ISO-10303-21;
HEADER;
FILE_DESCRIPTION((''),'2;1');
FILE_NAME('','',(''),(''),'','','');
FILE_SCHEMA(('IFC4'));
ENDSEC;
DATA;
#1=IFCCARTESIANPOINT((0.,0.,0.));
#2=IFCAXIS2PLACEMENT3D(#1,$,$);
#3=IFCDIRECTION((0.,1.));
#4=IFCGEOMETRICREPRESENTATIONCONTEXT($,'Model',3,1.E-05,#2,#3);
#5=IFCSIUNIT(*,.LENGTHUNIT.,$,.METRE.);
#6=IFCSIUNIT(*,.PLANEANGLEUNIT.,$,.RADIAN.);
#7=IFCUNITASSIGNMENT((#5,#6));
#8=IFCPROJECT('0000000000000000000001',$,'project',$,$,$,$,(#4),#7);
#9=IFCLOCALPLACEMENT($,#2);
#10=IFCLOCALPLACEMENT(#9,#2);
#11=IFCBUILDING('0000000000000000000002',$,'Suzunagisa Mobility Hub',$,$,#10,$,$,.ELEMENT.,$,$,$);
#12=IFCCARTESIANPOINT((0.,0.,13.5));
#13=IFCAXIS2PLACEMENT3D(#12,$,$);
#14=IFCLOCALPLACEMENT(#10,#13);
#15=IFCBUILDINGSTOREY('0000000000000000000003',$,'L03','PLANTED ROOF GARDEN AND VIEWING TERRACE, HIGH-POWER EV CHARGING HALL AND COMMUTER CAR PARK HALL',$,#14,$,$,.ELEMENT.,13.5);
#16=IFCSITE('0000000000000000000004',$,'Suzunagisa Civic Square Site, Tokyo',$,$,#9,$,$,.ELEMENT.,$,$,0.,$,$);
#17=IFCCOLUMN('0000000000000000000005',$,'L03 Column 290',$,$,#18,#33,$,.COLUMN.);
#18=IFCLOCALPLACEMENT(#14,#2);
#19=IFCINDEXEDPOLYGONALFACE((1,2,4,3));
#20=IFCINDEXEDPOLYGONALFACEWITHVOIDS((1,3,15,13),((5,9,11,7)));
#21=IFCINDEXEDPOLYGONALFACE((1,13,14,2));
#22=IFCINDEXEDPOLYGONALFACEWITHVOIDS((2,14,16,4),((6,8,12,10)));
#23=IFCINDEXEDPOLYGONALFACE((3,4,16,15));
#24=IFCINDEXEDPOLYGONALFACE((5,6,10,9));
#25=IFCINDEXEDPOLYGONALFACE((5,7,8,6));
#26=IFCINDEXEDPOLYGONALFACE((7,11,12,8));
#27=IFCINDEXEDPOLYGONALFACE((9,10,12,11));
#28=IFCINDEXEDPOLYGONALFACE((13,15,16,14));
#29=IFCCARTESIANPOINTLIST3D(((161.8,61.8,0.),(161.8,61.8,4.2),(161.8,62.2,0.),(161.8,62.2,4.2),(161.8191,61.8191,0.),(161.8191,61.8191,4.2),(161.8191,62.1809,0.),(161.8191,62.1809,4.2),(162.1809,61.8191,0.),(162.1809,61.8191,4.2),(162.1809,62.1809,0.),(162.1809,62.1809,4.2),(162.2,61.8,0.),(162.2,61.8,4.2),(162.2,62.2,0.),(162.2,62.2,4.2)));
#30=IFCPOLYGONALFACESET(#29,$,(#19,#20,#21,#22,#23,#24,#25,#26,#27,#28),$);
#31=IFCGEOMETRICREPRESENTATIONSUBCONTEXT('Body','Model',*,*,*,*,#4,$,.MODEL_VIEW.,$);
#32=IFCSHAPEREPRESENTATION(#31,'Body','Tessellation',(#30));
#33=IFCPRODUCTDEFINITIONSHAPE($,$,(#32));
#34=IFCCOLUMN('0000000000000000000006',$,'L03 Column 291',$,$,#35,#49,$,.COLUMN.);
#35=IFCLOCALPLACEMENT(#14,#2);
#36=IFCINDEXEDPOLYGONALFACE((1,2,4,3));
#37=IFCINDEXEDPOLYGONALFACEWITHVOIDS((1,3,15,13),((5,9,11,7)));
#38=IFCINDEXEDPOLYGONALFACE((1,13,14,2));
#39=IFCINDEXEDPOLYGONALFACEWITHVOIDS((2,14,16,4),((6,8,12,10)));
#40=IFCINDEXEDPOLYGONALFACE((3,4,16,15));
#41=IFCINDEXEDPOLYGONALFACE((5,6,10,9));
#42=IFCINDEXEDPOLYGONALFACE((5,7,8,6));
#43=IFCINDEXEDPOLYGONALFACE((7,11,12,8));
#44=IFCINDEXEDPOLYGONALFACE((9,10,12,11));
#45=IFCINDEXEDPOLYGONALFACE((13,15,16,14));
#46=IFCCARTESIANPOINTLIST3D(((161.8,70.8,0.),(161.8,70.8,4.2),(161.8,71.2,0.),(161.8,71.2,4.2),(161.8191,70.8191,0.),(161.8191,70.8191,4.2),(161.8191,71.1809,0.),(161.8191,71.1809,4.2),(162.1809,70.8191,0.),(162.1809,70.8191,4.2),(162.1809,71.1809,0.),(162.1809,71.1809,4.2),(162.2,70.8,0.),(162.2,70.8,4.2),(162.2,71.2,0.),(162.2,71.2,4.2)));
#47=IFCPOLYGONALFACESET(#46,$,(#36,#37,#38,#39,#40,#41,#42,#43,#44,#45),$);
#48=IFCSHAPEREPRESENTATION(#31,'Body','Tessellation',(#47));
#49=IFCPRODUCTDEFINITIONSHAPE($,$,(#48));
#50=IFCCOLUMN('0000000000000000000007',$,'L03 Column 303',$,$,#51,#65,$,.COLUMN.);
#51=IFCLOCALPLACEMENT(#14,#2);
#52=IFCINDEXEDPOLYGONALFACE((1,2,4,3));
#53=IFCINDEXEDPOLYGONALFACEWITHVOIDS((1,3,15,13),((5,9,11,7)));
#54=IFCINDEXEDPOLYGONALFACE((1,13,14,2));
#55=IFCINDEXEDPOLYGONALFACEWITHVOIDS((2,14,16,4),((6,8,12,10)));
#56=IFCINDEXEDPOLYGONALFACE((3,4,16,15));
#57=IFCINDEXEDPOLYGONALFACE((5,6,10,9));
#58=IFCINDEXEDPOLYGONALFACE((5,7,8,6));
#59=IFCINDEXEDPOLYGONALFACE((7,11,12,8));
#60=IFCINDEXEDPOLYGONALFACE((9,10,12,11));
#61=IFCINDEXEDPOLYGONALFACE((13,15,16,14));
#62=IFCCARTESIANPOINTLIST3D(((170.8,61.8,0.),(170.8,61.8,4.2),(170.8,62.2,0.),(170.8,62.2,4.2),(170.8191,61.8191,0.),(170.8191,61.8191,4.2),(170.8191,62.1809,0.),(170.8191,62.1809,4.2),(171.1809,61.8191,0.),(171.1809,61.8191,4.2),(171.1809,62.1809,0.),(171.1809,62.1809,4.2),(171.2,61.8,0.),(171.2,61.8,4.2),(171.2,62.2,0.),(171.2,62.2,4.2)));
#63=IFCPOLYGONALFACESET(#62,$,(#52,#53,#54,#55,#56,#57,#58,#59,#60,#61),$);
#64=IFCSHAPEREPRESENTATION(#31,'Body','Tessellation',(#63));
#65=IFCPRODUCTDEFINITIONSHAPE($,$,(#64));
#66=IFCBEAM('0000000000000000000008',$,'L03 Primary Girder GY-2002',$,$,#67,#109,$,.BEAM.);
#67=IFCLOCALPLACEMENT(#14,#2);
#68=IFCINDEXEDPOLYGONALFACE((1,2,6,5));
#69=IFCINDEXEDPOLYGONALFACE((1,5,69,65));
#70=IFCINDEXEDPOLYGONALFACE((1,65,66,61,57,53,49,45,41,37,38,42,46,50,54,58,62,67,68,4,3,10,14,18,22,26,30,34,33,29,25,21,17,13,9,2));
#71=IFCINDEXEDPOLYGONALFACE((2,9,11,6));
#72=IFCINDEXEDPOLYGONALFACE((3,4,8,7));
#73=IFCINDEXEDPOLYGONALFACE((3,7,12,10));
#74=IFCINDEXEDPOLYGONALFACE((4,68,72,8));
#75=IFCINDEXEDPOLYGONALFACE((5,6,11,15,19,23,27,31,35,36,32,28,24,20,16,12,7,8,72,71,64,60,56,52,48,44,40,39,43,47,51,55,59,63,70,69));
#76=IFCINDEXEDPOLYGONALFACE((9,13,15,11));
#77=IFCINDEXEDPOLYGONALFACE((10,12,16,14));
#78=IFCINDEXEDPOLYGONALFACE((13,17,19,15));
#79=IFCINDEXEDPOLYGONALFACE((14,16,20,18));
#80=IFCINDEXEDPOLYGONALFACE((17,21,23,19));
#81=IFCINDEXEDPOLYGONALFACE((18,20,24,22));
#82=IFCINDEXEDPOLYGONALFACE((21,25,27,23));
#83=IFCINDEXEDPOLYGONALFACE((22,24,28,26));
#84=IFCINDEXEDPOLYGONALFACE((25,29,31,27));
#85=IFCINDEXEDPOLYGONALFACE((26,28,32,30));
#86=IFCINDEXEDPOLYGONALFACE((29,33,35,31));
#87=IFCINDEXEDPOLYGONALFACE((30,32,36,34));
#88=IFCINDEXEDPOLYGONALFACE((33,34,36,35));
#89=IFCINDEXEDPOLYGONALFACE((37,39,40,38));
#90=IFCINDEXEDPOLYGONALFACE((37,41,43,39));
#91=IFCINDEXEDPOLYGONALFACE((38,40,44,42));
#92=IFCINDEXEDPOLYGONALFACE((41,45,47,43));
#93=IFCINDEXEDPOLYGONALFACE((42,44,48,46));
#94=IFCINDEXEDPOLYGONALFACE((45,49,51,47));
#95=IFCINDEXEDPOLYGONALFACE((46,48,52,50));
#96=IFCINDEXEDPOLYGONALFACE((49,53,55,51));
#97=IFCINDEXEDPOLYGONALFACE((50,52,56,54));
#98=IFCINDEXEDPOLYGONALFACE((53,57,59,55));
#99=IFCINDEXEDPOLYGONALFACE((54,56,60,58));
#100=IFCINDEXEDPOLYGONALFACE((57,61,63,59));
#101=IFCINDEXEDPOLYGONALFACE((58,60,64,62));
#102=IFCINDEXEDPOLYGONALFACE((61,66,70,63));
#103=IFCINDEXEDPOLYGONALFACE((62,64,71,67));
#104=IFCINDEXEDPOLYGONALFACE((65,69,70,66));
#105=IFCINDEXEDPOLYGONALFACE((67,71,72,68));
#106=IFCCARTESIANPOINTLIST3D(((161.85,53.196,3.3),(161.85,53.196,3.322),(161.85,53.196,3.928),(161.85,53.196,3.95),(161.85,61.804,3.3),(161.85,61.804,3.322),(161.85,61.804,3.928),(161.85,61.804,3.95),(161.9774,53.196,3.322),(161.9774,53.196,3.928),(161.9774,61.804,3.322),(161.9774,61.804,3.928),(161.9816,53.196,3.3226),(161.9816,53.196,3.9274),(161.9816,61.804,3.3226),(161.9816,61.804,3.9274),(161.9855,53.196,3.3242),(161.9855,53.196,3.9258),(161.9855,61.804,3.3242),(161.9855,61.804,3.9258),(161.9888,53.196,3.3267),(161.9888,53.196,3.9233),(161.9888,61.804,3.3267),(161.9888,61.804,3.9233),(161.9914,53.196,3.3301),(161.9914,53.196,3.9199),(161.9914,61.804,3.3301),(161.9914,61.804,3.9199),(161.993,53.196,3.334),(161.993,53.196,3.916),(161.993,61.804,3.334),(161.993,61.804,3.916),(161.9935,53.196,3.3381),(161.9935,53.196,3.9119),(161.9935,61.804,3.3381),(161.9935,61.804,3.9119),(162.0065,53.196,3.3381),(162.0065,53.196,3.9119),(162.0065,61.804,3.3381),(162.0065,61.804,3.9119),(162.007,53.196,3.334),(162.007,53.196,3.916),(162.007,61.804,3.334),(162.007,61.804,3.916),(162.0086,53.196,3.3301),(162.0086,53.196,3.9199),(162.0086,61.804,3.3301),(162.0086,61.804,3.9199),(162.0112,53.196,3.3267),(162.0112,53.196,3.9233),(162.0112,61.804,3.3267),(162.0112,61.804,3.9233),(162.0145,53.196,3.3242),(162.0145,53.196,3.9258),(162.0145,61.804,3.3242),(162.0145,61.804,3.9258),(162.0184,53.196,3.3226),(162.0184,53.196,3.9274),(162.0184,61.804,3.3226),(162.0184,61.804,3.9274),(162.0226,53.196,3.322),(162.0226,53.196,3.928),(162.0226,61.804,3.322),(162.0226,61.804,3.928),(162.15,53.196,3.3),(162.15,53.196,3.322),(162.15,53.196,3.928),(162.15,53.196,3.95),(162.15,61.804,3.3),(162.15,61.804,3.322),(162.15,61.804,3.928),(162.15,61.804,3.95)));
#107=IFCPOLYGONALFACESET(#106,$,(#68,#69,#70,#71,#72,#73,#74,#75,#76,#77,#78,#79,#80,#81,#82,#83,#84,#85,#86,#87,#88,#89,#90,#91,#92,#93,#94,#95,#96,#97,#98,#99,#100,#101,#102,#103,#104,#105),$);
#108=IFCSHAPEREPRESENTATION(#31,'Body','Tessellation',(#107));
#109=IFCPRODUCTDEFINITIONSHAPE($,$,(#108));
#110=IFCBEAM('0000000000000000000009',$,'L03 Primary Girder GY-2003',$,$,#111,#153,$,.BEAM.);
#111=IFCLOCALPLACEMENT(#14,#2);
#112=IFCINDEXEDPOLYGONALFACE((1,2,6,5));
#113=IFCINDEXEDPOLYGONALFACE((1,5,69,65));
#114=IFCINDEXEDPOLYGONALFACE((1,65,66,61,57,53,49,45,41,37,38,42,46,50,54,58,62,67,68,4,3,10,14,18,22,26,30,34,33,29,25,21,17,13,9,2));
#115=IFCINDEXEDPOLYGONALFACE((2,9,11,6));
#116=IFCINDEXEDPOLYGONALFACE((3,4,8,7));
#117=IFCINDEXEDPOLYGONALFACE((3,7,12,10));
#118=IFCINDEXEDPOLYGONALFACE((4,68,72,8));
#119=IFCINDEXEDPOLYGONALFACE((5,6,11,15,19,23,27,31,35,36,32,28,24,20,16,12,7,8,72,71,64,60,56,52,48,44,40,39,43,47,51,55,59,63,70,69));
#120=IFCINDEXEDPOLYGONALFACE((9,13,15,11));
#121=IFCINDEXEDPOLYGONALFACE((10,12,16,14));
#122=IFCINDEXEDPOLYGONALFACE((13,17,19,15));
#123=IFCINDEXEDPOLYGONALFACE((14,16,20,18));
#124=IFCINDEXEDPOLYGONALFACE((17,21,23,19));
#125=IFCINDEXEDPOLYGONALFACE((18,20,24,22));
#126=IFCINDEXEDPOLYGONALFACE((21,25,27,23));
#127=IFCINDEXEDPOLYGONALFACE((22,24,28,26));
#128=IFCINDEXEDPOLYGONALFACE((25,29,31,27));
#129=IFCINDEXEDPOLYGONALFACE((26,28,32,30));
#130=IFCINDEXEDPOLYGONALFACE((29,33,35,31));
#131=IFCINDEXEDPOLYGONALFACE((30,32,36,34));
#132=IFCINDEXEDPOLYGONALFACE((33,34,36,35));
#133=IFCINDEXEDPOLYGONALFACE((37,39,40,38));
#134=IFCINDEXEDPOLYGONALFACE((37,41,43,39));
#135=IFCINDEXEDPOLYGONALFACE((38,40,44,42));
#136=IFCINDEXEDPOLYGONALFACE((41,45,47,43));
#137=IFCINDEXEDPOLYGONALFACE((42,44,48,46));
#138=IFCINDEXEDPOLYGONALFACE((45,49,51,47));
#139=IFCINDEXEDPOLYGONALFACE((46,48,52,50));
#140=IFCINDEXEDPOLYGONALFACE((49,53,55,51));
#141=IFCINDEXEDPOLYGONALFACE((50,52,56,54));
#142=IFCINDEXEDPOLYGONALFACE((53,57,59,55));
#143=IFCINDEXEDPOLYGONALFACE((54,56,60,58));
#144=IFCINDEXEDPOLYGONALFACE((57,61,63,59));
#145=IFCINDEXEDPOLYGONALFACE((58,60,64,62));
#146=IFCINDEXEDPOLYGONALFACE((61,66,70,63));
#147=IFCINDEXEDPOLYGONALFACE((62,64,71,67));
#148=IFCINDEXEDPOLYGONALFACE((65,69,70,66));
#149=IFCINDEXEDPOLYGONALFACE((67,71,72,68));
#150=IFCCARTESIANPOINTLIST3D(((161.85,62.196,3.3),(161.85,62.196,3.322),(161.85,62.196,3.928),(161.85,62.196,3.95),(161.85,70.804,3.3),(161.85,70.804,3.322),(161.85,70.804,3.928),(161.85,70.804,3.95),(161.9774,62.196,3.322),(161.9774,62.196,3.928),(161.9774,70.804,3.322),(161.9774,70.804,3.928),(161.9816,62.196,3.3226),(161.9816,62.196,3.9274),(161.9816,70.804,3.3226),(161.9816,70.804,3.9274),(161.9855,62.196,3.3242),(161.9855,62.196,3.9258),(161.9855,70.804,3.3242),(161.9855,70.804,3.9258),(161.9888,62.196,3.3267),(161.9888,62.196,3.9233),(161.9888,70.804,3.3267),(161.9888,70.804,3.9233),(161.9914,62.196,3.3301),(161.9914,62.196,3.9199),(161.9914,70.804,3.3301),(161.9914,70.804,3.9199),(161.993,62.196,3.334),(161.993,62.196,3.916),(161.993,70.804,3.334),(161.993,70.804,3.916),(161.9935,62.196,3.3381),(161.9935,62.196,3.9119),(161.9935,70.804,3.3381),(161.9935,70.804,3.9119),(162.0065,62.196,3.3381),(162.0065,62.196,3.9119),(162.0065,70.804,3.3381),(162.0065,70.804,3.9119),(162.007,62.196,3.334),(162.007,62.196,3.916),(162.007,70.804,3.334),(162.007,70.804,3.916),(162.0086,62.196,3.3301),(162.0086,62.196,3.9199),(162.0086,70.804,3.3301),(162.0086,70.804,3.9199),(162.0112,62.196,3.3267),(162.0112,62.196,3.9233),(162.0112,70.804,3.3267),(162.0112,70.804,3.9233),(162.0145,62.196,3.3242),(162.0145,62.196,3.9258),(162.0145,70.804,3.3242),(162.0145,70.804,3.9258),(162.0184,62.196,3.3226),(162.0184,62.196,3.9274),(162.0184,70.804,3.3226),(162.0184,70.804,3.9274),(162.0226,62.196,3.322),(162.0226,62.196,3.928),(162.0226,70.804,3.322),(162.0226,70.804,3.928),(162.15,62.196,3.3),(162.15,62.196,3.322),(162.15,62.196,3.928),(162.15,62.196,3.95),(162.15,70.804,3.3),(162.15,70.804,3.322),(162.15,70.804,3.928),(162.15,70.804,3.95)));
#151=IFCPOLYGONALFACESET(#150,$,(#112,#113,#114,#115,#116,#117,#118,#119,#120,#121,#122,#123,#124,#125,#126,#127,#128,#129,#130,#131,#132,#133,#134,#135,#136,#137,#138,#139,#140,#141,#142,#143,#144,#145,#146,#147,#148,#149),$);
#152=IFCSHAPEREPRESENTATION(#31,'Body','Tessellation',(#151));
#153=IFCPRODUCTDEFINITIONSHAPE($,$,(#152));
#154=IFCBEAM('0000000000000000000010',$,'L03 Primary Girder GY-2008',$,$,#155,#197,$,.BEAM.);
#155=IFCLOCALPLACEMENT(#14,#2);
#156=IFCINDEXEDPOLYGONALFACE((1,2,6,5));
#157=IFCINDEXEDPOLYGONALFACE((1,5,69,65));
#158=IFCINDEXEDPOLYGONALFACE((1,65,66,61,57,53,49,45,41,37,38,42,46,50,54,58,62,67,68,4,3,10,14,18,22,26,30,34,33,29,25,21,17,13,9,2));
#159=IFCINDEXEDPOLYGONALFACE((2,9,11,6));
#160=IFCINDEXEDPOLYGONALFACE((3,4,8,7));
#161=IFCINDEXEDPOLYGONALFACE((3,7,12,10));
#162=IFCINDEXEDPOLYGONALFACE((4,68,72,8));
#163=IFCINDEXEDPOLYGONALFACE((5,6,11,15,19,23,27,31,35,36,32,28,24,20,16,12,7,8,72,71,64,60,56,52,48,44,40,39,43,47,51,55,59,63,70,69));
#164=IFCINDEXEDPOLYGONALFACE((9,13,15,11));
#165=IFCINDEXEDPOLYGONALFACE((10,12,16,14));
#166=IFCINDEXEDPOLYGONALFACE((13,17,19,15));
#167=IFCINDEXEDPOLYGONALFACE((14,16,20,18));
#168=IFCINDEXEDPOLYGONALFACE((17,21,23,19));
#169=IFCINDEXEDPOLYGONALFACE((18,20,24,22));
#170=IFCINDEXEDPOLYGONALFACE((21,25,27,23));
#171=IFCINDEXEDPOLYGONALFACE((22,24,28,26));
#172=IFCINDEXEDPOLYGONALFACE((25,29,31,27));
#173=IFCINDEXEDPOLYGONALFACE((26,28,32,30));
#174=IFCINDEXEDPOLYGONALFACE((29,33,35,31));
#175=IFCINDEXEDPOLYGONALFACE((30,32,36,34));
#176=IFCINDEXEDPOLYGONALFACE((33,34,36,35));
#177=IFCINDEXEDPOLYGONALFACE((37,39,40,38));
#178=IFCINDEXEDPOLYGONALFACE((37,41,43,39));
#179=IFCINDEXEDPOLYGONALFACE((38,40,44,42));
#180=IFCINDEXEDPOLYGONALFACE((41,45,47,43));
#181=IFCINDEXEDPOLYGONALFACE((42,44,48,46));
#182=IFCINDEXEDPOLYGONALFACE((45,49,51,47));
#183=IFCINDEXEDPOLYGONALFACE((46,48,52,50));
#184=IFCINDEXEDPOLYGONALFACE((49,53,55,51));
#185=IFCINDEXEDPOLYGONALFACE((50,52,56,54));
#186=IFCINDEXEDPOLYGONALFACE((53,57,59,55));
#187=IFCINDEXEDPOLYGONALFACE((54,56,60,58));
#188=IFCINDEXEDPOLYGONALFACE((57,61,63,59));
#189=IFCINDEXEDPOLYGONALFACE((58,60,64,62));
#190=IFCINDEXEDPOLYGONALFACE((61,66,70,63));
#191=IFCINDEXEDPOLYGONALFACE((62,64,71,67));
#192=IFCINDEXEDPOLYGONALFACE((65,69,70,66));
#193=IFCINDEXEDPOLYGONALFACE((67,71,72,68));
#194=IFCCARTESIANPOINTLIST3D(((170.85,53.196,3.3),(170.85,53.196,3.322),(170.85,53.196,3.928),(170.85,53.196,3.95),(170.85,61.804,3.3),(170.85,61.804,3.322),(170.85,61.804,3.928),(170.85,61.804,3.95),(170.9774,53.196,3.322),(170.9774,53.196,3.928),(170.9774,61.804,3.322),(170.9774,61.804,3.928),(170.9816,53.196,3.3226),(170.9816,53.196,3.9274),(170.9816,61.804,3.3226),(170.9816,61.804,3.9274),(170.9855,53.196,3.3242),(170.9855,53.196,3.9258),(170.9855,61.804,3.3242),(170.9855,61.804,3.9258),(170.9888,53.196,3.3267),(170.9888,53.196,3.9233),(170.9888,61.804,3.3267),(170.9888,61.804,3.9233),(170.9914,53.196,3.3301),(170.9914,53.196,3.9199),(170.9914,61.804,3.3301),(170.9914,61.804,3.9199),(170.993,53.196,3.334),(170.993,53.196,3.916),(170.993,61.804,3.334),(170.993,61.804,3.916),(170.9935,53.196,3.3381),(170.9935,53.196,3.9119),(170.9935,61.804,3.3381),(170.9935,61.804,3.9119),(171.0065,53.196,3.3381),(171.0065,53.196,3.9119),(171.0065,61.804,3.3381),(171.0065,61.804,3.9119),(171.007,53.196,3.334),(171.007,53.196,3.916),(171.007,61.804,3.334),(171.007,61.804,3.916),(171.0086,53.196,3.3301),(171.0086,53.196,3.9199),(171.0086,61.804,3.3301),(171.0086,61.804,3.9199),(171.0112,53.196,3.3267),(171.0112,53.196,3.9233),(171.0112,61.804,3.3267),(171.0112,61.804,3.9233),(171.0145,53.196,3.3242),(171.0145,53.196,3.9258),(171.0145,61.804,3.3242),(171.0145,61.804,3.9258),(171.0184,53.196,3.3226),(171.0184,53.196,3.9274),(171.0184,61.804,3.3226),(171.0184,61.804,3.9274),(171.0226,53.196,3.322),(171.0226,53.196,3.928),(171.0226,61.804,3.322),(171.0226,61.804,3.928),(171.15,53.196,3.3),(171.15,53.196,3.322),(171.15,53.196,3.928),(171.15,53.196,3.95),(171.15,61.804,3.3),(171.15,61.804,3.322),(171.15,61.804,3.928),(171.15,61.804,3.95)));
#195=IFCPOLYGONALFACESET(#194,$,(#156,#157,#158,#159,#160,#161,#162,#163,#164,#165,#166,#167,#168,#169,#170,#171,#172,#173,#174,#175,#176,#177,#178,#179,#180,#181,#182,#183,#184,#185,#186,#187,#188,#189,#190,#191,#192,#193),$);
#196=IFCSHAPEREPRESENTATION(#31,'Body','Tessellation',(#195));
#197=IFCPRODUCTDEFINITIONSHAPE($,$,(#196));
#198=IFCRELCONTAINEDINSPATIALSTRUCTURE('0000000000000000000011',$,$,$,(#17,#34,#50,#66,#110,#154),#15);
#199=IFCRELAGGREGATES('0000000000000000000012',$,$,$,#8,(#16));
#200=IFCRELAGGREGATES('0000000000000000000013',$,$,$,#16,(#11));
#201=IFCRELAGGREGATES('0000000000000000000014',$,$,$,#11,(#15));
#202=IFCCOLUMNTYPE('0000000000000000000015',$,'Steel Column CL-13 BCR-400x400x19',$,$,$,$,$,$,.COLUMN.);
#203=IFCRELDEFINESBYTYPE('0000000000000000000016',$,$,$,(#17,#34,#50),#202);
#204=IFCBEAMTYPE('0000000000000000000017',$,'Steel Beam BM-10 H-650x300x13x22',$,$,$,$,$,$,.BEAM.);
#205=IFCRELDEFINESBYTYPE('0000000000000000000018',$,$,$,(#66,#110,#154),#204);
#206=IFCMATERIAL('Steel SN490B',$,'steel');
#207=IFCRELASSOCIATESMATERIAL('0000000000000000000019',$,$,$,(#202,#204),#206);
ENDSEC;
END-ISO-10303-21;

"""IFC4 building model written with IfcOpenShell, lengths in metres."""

from ifc_helpers import new_model, si_unit, direction, frame, origin, origin_2d, place, context, subcontext, project, spatial, hollow_rectangle, i_section, extrude, material, material_profile, profile_set, type_object, element, save


model = new_model("IFC4")

# Units and contexts
model_context = context("Model", 3, precision=1e-05, world=origin(), true_north=direction((0.0, 1.0)))
body_context = subcontext(model_context, "Body", "Model", "MODEL_VIEW")
ifc_project = project(units=[si_unit("LENGTHUNIT", "METRE"), si_unit("PLANEANGLEUNIT", "RADIAN")], contexts=[model_context])

# Site, building, storey
site_placement = place(None, origin())
site = spatial("IfcSite", under=ifc_project, at=site_placement, Name="Suzunagisa Civic Square Site, Tokyo", CompositionType="ELEMENT", RefElevation=0.0)
building_placement = place(site_placement, origin())
building = spatial("IfcBuilding", under=site, at=building_placement, Name="Suzunagisa Mobility Hub", CompositionType="ELEMENT")
storey_placement = place(building_placement, frame((0.0, 0.0, 13.5)))
storey = spatial("IfcBuildingStorey", under=building, at=storey_placement, Name="L03", Description="PLANTED ROOF GARDEN AND VIEWING TERRACE, HIGH-POWER EV CHARGING HALL AND COMMUTER CAR PARK HALL", CompositionType="ELEMENT", Elevation=13.5)

# Columns
ifc_material_1 = material(Name="Steel SN490B", Category="steel")
ifc_material_profile_1 = material_profile(ifc_material_1, hollow_rectangle(XDim=0.3999, YDim=0.3999, WallThickness=0.019, at=origin_2d()), Name="BCR-400x400x19")
ifc_profile_set_1 = profile_set([ifc_material_profile_1], Name="Steel SN490B")
column_type = type_object("IfcColumnType", Name="Steel Column CL-13 BCR-400x400x19", PredefinedType="COLUMN", material=ifc_profile_set_1)
for number, where, z_axis, x_axis, name in (
    (1, (162.0, 62.0, 0.0), (0.0, 0.0, 1.0), (1.0, 0.0, 0.0), "L03 Column 290"),
    (2, (162.0, 71.0, 0.0), (0.0, 0.0, 1.0), (1.0, 0.0, 0.0), "L03 Column 291"),
    (3, (171.0, 62.0, 0.0), (0.0, 0.0, 1.0), (1.0, 0.0, 0.0), "L03 Column 303"),
):
    element("IfcColumn", number, at=place(storey_placement, frame(where, z_axis=z_axis, x_axis=x_axis)), inside=storey, type_object=column_type, Name=name, PredefinedType="COLUMN", context=body_context, shape_type="SweptSolid", body=[
        extrude(hollow_rectangle(XDim=0.3999, YDim=0.3999, WallThickness=0.019, at=origin_2d()), origin(), (0.0, 0.0, 1.0), 4.2),
    ])

# Beams
ifc_material_profile_2 = material_profile(ifc_material_1, i_section(OverallWidth=0.3, OverallDepth=0.6499, WebThickness=0.0129, FlangeThickness=0.022, FilletRadius=0.0161, at=origin_2d()), Name="H-650x300x13x22")
ifc_profile_set_2 = profile_set([ifc_material_profile_2], Name="Steel SN490B")
beam_type_1 = type_object("IfcBeamType", Name="Steel Beam BM-10 H-650x300x13x22", PredefinedType="BEAM", material=ifc_profile_set_2)
for number, where, z_axis, x_axis, name in (
    (4, (162.0, 53.196, 3.625), (0.0, 1.0, 0.0), (-1.0, 0.0, 0.0), "L03 Primary Girder GY-2002"),
    (5, (162.0, 62.196, 3.625), (0.0, 1.0, 0.0), (-1.0, 0.0, 0.0), "L03 Primary Girder GY-2003"),
    (6, (171.0, 53.196, 3.625), (0.0, 1.0, 0.0), (-1.0, 0.0, 0.0), "L03 Primary Girder GY-2008"),
):
    element("IfcBeam", number, at=place(storey_placement, frame(where, z_axis=z_axis, x_axis=x_axis)), inside=storey, type_object=beam_type_1, Name=name, PredefinedType="BEAM", context=body_context, shape_type="SweptSolid", body=[
        extrude(i_section(OverallWidth=0.3, OverallDepth=0.6499, WebThickness=0.0129, FlangeThickness=0.022, FilletRadius=0.0161, at=origin_2d()), origin(), (0.0, 0.0, 1.0), 8.6079),
    ])

save(model, "model.ifc")
